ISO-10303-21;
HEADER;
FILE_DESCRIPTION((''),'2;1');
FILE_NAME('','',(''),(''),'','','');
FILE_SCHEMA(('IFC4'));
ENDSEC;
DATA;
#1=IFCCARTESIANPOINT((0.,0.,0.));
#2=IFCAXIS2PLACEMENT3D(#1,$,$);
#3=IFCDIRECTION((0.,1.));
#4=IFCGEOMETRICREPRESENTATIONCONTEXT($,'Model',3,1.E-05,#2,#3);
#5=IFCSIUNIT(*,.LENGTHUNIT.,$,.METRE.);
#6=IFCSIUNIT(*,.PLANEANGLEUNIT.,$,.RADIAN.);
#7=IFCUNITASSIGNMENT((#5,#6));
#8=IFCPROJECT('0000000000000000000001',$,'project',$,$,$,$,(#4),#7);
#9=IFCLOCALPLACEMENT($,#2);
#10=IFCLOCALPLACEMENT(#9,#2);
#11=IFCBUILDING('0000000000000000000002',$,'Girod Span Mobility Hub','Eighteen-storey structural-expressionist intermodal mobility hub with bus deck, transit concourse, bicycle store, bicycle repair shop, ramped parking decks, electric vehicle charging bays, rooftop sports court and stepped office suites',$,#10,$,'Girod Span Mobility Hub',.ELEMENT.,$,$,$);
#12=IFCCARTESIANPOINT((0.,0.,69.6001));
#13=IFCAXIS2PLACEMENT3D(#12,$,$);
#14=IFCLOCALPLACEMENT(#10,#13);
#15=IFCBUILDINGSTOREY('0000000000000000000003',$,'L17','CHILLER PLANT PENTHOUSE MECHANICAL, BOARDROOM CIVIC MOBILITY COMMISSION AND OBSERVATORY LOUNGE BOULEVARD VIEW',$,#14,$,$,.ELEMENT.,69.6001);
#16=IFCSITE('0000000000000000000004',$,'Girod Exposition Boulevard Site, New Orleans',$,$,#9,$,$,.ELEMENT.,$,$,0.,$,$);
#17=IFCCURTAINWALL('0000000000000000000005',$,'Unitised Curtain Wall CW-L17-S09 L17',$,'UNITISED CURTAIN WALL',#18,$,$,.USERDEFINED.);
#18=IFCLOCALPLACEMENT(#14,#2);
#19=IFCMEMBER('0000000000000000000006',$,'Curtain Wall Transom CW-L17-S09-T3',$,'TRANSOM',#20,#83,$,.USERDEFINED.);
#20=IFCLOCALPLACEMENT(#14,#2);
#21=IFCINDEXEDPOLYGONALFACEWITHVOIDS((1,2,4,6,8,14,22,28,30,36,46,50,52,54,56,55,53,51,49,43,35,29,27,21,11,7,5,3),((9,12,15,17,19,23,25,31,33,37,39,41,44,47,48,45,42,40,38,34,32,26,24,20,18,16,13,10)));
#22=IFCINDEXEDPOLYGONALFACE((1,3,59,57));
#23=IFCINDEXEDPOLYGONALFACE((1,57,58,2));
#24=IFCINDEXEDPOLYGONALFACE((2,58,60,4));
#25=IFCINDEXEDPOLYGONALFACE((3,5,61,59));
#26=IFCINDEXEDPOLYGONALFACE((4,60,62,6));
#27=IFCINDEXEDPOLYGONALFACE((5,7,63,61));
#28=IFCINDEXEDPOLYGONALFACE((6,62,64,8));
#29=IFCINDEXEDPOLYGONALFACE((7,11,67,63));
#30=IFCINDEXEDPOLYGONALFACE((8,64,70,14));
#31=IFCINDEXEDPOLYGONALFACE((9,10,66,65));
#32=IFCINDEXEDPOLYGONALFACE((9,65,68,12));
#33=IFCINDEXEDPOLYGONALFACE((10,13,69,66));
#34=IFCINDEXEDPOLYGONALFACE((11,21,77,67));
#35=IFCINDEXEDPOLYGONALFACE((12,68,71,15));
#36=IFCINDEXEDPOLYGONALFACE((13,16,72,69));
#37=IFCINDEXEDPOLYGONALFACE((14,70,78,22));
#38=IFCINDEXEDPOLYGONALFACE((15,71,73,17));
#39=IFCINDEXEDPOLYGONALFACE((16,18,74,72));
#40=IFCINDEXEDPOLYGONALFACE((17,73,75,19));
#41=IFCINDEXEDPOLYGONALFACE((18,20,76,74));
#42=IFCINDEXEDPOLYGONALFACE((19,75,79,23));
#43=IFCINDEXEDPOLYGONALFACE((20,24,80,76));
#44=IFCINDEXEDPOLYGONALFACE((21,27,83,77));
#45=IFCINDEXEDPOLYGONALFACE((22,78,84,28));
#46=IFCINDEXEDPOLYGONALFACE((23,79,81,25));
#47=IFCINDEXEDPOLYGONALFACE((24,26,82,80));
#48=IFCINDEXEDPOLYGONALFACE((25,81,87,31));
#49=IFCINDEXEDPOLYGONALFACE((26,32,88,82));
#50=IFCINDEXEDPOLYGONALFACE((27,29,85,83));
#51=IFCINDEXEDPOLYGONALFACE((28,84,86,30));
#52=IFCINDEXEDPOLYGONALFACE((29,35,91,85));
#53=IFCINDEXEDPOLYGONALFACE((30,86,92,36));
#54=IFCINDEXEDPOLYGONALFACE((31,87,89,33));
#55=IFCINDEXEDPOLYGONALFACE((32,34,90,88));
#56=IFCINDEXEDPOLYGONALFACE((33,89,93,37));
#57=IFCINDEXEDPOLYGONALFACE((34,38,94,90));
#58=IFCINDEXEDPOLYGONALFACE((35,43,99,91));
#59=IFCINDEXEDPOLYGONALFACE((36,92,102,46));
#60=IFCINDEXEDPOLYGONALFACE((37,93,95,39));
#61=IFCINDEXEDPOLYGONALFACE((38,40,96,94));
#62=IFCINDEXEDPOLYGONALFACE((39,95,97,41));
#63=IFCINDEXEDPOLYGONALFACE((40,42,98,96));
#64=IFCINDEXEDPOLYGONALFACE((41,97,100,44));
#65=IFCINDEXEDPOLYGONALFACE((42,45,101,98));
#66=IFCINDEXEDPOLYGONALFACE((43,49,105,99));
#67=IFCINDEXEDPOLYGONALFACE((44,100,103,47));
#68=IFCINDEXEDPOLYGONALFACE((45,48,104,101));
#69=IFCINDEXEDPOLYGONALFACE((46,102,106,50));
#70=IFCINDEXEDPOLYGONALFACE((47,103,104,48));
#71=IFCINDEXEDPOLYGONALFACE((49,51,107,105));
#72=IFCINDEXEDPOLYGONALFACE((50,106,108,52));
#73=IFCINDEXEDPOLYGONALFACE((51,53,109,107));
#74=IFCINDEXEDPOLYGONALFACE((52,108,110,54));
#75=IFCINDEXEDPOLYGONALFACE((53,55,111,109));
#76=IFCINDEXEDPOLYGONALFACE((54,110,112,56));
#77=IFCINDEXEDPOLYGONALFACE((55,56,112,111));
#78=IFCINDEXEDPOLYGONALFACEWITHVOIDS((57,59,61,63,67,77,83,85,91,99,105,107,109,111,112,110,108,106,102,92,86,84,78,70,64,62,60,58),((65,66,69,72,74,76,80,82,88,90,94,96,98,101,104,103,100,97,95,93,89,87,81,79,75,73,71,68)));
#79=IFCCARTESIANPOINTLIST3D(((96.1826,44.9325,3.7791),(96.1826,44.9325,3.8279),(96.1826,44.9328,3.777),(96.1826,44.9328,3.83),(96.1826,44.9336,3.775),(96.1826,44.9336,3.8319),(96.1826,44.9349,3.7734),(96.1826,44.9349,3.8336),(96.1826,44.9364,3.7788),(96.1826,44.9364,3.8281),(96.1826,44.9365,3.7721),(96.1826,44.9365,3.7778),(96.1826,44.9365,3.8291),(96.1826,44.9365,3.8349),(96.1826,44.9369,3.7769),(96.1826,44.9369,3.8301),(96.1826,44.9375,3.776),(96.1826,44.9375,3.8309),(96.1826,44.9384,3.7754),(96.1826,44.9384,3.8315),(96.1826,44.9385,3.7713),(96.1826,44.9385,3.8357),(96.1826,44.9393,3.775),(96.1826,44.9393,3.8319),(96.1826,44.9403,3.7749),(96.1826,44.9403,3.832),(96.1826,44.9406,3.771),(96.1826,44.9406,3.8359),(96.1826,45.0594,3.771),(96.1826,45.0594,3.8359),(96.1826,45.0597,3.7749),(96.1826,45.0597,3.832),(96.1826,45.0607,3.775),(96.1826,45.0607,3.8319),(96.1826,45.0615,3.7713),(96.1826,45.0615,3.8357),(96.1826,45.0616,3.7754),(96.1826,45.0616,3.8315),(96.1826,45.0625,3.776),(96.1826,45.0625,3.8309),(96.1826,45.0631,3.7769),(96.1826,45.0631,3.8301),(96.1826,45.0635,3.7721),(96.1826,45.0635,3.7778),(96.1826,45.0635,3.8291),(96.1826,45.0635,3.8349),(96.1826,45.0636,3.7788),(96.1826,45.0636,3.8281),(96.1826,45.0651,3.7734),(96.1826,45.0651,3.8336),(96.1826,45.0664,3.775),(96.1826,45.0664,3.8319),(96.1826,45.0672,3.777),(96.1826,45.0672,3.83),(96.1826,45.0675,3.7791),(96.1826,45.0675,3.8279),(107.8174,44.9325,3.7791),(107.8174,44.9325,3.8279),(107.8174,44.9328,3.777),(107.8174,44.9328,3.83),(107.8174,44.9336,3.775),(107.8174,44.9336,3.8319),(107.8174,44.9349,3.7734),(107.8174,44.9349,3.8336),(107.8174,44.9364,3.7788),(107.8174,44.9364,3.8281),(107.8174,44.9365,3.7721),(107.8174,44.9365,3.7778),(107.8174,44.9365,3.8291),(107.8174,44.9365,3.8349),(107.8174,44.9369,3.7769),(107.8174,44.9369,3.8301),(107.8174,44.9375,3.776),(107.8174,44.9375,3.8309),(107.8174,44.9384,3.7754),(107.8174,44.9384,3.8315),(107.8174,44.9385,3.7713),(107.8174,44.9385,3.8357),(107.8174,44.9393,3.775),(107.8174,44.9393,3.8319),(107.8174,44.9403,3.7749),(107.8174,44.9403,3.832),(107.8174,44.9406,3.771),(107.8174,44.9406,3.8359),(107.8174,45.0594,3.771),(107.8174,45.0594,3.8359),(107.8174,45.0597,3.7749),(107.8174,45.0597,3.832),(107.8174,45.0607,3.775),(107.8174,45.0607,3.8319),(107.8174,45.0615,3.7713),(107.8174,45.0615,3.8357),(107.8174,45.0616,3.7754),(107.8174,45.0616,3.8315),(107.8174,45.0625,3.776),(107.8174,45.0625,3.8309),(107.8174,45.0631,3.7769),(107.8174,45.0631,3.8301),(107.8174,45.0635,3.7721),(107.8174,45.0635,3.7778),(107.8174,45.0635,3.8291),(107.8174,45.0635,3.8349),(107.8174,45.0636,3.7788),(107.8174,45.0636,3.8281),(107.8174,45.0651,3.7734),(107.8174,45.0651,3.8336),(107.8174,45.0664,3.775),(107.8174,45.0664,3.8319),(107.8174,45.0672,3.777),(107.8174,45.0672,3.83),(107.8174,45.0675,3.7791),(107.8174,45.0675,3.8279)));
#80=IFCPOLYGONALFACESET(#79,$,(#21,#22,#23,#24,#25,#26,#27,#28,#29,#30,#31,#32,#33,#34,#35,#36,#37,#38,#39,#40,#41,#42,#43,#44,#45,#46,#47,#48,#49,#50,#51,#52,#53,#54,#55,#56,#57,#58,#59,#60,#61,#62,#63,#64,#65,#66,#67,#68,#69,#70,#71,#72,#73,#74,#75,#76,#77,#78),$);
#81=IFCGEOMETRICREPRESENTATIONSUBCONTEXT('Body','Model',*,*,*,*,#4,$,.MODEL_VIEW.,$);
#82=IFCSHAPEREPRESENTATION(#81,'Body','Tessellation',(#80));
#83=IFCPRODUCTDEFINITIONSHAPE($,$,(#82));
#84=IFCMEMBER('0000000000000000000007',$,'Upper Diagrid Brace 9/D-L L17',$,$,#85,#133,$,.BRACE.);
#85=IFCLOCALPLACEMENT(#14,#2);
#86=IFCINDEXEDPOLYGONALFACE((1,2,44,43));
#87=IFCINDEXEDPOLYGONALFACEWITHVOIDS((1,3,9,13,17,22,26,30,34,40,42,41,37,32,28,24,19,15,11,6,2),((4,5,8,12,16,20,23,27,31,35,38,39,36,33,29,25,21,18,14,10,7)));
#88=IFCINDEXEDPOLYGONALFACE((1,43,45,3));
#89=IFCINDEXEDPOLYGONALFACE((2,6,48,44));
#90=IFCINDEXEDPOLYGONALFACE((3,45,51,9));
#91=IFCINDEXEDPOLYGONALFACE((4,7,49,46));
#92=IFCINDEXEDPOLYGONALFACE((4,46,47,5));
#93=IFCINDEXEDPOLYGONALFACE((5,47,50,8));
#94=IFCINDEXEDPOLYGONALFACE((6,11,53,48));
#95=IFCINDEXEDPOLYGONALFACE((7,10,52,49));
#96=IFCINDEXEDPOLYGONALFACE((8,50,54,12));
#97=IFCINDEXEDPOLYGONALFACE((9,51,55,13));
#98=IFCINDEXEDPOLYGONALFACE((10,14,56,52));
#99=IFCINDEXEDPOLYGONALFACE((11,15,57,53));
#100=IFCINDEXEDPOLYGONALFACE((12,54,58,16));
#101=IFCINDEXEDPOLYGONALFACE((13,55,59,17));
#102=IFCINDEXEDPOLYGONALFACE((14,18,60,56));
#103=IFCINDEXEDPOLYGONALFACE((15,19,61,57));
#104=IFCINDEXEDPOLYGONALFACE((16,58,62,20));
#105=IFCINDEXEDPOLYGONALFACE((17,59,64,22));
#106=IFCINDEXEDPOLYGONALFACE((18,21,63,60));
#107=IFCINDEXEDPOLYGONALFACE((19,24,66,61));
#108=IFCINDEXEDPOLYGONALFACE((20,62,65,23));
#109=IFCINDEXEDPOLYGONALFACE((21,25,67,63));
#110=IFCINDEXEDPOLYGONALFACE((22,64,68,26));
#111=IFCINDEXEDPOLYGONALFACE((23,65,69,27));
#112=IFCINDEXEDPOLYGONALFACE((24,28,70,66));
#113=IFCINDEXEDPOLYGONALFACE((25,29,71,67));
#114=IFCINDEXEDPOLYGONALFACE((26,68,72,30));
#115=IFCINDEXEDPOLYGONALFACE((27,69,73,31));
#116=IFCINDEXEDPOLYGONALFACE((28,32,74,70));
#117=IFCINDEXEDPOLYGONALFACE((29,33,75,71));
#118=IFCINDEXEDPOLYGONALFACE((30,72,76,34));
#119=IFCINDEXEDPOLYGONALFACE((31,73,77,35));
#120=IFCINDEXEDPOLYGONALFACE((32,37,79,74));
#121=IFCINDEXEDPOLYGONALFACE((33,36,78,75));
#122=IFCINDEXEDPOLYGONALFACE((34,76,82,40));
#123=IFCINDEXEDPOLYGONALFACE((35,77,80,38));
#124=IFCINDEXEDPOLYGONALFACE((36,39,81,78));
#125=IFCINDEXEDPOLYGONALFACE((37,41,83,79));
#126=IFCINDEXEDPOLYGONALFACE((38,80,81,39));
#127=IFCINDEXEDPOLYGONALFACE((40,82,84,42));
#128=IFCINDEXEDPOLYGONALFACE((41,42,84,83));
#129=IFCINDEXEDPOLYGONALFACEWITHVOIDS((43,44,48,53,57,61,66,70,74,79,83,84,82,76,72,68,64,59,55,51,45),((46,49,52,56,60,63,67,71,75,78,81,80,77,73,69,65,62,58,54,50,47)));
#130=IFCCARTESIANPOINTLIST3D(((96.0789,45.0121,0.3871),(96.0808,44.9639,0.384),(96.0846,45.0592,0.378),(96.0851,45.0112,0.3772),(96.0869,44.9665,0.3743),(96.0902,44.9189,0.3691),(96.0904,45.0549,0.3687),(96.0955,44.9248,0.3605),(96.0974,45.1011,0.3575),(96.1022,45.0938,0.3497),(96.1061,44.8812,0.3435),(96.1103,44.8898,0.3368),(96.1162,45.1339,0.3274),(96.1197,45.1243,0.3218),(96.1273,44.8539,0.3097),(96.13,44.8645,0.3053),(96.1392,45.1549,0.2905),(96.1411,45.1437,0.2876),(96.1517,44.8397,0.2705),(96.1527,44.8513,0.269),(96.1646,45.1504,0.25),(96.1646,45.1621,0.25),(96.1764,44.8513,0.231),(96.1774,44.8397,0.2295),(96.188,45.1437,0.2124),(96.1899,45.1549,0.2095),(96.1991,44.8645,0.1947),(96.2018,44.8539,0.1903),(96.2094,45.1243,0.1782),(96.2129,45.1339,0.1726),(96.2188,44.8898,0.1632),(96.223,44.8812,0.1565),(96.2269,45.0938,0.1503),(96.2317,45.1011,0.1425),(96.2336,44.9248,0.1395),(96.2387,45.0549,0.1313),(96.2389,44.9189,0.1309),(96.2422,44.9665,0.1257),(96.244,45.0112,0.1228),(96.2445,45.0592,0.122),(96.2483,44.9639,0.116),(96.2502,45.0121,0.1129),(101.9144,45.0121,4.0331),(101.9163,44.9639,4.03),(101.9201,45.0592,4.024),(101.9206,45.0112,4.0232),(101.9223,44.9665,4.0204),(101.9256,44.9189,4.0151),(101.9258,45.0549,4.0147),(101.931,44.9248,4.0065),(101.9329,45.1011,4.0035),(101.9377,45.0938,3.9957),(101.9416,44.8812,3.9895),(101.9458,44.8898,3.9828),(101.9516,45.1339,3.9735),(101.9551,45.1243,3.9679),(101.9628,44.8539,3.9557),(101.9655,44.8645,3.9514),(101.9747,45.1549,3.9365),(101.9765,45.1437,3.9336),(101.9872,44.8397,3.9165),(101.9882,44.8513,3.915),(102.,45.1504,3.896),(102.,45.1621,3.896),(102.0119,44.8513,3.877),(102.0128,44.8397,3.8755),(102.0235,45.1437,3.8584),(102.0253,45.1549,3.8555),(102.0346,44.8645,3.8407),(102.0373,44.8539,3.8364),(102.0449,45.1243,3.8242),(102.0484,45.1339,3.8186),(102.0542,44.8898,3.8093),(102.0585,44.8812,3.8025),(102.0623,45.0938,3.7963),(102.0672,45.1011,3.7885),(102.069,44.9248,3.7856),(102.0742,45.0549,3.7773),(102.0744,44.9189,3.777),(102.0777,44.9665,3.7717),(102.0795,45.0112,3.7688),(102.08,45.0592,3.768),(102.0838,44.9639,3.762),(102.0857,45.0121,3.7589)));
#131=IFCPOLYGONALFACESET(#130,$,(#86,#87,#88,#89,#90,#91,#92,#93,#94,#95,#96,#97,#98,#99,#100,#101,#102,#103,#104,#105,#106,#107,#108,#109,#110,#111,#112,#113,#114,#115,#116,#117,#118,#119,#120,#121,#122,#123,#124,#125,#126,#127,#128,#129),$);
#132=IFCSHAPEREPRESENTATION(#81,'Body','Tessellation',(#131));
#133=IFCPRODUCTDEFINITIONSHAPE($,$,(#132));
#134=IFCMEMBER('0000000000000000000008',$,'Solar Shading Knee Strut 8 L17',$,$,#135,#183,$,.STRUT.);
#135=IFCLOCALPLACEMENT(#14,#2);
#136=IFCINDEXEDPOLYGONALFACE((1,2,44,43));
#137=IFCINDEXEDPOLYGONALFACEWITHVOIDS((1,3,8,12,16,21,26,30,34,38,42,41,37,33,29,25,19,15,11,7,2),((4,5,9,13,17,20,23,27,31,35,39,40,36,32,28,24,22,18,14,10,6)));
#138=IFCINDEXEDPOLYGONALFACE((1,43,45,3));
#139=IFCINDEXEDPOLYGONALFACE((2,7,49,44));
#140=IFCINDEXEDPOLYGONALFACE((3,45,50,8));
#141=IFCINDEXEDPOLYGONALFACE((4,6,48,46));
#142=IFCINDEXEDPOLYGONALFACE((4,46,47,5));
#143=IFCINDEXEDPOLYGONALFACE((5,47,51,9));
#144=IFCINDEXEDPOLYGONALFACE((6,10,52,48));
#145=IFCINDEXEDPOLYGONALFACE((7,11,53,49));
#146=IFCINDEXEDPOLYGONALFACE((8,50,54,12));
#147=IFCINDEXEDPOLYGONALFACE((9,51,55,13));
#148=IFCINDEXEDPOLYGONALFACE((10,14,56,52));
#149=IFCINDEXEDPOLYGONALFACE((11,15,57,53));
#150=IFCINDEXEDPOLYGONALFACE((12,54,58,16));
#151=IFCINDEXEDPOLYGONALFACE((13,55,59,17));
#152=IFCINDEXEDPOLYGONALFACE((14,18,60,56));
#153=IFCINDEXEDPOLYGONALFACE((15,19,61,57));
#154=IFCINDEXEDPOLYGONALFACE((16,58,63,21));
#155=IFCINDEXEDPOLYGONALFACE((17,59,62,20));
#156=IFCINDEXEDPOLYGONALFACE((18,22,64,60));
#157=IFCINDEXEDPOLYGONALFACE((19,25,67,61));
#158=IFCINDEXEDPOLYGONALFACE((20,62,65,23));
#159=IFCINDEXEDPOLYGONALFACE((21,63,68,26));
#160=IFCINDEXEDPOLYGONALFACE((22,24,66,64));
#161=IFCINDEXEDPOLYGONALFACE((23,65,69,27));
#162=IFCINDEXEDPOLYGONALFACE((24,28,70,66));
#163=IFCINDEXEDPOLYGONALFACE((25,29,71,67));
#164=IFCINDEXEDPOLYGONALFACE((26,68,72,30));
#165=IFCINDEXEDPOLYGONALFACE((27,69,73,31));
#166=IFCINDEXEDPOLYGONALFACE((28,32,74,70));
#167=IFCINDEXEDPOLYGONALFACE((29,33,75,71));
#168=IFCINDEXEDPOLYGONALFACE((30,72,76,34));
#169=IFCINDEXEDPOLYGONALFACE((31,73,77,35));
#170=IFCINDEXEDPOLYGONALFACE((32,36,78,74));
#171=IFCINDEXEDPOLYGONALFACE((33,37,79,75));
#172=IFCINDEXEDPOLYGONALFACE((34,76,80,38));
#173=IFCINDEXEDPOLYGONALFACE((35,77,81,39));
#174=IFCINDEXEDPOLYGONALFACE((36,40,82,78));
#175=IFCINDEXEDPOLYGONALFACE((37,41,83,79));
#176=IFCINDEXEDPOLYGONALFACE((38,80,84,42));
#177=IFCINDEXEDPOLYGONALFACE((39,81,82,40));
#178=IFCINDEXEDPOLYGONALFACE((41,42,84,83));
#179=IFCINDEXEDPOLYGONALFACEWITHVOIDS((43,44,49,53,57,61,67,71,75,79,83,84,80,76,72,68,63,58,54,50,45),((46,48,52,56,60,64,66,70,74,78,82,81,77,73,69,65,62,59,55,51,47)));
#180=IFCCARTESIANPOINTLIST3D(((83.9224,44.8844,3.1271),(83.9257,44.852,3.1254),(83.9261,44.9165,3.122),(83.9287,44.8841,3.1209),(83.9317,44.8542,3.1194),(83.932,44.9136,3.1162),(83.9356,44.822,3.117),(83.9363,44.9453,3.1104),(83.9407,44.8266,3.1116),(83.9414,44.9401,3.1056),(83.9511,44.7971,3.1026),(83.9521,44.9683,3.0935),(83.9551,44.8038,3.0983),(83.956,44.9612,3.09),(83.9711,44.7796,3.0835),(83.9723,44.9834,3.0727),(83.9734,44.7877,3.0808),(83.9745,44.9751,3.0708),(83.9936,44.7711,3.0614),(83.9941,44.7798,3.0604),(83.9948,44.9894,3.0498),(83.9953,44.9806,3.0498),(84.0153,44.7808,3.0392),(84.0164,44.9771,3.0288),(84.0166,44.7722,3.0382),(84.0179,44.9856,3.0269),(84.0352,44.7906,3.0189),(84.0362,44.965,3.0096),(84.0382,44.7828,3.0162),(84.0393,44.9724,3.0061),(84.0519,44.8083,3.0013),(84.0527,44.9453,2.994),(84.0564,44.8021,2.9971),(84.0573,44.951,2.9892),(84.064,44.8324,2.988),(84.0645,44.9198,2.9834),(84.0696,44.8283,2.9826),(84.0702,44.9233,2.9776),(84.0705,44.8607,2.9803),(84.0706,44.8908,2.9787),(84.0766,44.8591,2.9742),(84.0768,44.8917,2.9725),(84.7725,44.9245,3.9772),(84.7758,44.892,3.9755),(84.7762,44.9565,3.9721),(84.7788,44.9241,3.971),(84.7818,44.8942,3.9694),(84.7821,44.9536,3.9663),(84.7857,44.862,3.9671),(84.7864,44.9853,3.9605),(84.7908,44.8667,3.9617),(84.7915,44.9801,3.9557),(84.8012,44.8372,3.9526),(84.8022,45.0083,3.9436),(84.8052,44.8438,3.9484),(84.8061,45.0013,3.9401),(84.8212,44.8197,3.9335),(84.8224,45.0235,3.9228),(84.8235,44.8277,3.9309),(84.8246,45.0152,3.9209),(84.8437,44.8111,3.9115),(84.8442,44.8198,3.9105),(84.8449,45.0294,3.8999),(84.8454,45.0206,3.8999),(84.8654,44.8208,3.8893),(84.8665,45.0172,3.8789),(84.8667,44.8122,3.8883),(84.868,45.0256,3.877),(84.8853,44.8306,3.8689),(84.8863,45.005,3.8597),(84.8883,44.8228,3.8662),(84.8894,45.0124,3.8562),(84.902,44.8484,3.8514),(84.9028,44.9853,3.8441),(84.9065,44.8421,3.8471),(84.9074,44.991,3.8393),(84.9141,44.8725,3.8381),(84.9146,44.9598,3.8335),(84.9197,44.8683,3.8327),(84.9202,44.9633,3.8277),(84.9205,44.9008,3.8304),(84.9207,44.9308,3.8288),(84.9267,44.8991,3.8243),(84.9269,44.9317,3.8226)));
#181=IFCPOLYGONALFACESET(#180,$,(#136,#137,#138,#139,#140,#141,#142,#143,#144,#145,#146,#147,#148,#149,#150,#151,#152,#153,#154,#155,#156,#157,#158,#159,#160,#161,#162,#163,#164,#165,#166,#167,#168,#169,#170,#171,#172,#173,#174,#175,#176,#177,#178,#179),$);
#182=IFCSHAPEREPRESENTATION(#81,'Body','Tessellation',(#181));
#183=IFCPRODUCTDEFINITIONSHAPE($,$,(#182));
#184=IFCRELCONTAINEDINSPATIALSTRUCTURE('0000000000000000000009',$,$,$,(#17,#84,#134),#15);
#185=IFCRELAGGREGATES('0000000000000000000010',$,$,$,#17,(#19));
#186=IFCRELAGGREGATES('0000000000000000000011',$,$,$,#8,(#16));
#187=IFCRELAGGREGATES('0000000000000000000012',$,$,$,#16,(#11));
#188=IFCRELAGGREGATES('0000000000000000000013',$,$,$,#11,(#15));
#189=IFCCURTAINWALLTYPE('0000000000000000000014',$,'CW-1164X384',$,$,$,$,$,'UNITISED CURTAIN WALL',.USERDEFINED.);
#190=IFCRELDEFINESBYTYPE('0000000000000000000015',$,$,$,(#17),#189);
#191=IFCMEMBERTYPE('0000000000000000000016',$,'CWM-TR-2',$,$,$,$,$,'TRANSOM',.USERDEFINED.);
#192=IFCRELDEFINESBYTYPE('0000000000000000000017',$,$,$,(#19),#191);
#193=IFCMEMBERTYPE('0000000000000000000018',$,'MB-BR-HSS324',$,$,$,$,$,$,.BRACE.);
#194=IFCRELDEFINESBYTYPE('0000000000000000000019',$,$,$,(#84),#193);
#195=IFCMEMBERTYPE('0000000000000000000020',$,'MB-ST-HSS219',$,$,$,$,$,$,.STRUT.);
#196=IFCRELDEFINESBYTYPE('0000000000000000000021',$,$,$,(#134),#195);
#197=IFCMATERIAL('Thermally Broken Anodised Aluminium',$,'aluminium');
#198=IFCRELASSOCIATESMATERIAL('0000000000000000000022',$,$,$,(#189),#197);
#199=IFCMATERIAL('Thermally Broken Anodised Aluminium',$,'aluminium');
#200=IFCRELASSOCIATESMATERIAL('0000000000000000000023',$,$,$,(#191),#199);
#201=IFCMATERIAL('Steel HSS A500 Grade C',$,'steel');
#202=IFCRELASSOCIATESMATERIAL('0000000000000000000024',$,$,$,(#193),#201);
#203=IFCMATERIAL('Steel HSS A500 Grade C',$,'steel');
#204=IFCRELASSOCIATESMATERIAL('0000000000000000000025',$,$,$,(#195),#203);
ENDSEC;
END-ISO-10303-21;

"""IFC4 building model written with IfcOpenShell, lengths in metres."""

from ifc_helpers import new_model, si_unit, direction, frame, origin, origin_2d, place, context, subcontext, project, spatial, hollow_rectangle, hollow_circle, extrude, material, material_profile, profile_set, type_object, element, aggregate, save


model = new_model("IFC4")

# Units and contexts
model_context = context("Model", 3, precision=1e-05, world=origin(), true_north=direction((0.0, 1.0)))
body_context = subcontext(model_context, "Body", "Model", "MODEL_VIEW")
ifc_project = project(units=[si_unit("LENGTHUNIT", "METRE"), si_unit("PLANEANGLEUNIT", "RADIAN")], contexts=[model_context])

# Site, building, storey
site_placement = place(None, origin())
site = spatial("IfcSite", under=ifc_project, at=site_placement, Name="Girod Exposition Boulevard Site, New Orleans", CompositionType="ELEMENT", RefElevation=0.0)
building_placement = place(site_placement, origin())
building = spatial("IfcBuilding", under=site, at=building_placement, Name="Girod Span Mobility Hub", Description="Eighteen-storey structural-expressionist intermodal mobility hub with bus deck, transit concourse, bicycle store, bicycle repair shop, ramped parking decks, electric vehicle charging bays, rooftop sports court and stepped office suites", LongName="Girod Span Mobility Hub", CompositionType="ELEMENT")
storey_placement = place(building_placement, frame((0.0, 0.0, 69.6001)))
storey = spatial("IfcBuildingStorey", under=building, at=storey_placement, Name="L17", Description="CHILLER PLANT PENTHOUSE MECHANICAL, BOARDROOM CIVIC MOBILITY COMMISSION AND OBSERVATORY LOUNGE BOULEVARD VIEW", CompositionType="ELEMENT", Elevation=69.6001)

# Shared definitions
ifc_material_1 = material(Name="Thermally Broken Anodised Aluminium", Category="aluminium")
curtain_wall_type = type_object("IfcCurtainWallType", Name="CW-1164X384", ElementType="UNITISED CURTAIN WALL", PredefinedType="USERDEFINED", material=ifc_material_1)

# Curtain wall
curtain_wall_1_placement = place(storey_placement, origin())
curtain_wall_1 = element("IfcCurtainWall", 1, at=curtain_wall_1_placement, inside=storey, type_object=curtain_wall_type, Name="Unitised Curtain Wall CW-L17-S09 L17", ObjectType="UNITISED CURTAIN WALL", PredefinedType="USERDEFINED")

# Member
ifc_material_2 = material(Name="Thermally Broken Anodised Aluminium", Category="aluminium")
ifc_material_profile_1 = material_profile(ifc_material_2, hollow_rectangle(XDim=0.135, YDim=0.0649, WallThickness=0.0039, InnerFilletRadius=0.0039, OuterFilletRadius=0.0081, at=origin_2d()), Name="CW-TR-65X135")
ifc_profile_set_1 = profile_set([ifc_material_profile_1], Name="Thermally Broken Anodised Aluminium")
member_type_1 = type_object("IfcMemberType", Name="CWM-TR-2", ElementType="TRANSOM", PredefinedType="USERDEFINED", material=ifc_profile_set_1)
member_1_placement = place(storey_placement, frame((96.1826, 45.0, 3.8035), z_axis=(1.0, 0.0, 0.0), x_axis=(0.0, 1.0, 0.0)))
member_1 = element("IfcMember", 2, at=member_1_placement, type_object=member_type_1, Name="Curtain Wall Transom CW-L17-S09-T3", ObjectType="TRANSOM", PredefinedType="USERDEFINED", context=body_context, shape_type="SweptSolid", body=[
    extrude(hollow_rectangle(XDim=0.135, YDim=0.0649, WallThickness=0.0039, InnerFilletRadius=0.0039, OuterFilletRadius=0.0081, at=origin_2d()), origin(), (0.0, 0.0, 1.0), 11.6348),
])
aggregate(curtain_wall_1, [member_1])

# Members
ifc_material_3 = material(Name="Steel HSS A500 Grade C", Category="steel")
ifc_material_profile_2 = material_profile(ifc_material_3, hollow_circle(Radius=0.1621, WallThickness=0.0117, at=origin_2d()), Name="HSS324X12.7")
ifc_profile_set_2 = profile_set([ifc_material_profile_2], Name="Steel HSS A500 Grade C")
member_type_2 = type_object("IfcMemberType", Name="MB-BR-HSS324", PredefinedType="BRACE", material=ifc_profile_set_2)
member_2_placement = place(storey_placement, frame((96.1646, 45.0, 0.25), z_axis=(0.848074, 0.0, 0.529878), x_axis=(0.0, 1.0, 0.0)))
element("IfcMember", 3, at=member_2_placement, inside=storey, type_object=member_type_2, Name="Upper Diagrid Brace 9/D-L L17", PredefinedType="BRACE", context=body_context, shape_type="SweptSolid", body=[
    extrude(hollow_circle(Radius=0.1621, WallThickness=0.0117, at=origin_2d()), origin(), (0.0, 0.0, 1.0), 6.8809),
])
ifc_material_4 = material(Name="Steel HSS A500 Grade C", Category="steel")
ifc_material_profile_3 = material_profile(ifc_material_4, hollow_circle(Radius=0.1096, WallThickness=0.0088, at=origin_2d()), Name="HSS219X9.5")
ifc_profile_set_3 = profile_set([ifc_material_profile_3], Name="Steel HSS A500 Grade C")
member_type_3 = type_object("IfcMemberType", Name="MB-ST-HSS219", PredefinedType="STRUT", material=ifc_profile_set_3)
for number, where, z_axis, x_axis, name in (
    (4, (84.0, 44.8799, 3.0498), (0.706715, 0.033286, 0.706715), (-0.047047, 0.998893, 0.0), "Solar Shading Knee Strut 8 L17"),
):
    element("IfcMember", number, at=place(storey_placement, frame(where, z_axis=z_axis, x_axis=x_axis)), inside=storey, type_object=member_type_3, Name=name, PredefinedType="STRUT", context=body_context, shape_type="SweptSolid", body=[
        extrude(hollow_circle(Radius=0.1096, WallThickness=0.0088, at=origin_2d()), origin(), (0.0, 0.0, 1.0), 1.2029),
    ])

save(model, "model.ifc")
